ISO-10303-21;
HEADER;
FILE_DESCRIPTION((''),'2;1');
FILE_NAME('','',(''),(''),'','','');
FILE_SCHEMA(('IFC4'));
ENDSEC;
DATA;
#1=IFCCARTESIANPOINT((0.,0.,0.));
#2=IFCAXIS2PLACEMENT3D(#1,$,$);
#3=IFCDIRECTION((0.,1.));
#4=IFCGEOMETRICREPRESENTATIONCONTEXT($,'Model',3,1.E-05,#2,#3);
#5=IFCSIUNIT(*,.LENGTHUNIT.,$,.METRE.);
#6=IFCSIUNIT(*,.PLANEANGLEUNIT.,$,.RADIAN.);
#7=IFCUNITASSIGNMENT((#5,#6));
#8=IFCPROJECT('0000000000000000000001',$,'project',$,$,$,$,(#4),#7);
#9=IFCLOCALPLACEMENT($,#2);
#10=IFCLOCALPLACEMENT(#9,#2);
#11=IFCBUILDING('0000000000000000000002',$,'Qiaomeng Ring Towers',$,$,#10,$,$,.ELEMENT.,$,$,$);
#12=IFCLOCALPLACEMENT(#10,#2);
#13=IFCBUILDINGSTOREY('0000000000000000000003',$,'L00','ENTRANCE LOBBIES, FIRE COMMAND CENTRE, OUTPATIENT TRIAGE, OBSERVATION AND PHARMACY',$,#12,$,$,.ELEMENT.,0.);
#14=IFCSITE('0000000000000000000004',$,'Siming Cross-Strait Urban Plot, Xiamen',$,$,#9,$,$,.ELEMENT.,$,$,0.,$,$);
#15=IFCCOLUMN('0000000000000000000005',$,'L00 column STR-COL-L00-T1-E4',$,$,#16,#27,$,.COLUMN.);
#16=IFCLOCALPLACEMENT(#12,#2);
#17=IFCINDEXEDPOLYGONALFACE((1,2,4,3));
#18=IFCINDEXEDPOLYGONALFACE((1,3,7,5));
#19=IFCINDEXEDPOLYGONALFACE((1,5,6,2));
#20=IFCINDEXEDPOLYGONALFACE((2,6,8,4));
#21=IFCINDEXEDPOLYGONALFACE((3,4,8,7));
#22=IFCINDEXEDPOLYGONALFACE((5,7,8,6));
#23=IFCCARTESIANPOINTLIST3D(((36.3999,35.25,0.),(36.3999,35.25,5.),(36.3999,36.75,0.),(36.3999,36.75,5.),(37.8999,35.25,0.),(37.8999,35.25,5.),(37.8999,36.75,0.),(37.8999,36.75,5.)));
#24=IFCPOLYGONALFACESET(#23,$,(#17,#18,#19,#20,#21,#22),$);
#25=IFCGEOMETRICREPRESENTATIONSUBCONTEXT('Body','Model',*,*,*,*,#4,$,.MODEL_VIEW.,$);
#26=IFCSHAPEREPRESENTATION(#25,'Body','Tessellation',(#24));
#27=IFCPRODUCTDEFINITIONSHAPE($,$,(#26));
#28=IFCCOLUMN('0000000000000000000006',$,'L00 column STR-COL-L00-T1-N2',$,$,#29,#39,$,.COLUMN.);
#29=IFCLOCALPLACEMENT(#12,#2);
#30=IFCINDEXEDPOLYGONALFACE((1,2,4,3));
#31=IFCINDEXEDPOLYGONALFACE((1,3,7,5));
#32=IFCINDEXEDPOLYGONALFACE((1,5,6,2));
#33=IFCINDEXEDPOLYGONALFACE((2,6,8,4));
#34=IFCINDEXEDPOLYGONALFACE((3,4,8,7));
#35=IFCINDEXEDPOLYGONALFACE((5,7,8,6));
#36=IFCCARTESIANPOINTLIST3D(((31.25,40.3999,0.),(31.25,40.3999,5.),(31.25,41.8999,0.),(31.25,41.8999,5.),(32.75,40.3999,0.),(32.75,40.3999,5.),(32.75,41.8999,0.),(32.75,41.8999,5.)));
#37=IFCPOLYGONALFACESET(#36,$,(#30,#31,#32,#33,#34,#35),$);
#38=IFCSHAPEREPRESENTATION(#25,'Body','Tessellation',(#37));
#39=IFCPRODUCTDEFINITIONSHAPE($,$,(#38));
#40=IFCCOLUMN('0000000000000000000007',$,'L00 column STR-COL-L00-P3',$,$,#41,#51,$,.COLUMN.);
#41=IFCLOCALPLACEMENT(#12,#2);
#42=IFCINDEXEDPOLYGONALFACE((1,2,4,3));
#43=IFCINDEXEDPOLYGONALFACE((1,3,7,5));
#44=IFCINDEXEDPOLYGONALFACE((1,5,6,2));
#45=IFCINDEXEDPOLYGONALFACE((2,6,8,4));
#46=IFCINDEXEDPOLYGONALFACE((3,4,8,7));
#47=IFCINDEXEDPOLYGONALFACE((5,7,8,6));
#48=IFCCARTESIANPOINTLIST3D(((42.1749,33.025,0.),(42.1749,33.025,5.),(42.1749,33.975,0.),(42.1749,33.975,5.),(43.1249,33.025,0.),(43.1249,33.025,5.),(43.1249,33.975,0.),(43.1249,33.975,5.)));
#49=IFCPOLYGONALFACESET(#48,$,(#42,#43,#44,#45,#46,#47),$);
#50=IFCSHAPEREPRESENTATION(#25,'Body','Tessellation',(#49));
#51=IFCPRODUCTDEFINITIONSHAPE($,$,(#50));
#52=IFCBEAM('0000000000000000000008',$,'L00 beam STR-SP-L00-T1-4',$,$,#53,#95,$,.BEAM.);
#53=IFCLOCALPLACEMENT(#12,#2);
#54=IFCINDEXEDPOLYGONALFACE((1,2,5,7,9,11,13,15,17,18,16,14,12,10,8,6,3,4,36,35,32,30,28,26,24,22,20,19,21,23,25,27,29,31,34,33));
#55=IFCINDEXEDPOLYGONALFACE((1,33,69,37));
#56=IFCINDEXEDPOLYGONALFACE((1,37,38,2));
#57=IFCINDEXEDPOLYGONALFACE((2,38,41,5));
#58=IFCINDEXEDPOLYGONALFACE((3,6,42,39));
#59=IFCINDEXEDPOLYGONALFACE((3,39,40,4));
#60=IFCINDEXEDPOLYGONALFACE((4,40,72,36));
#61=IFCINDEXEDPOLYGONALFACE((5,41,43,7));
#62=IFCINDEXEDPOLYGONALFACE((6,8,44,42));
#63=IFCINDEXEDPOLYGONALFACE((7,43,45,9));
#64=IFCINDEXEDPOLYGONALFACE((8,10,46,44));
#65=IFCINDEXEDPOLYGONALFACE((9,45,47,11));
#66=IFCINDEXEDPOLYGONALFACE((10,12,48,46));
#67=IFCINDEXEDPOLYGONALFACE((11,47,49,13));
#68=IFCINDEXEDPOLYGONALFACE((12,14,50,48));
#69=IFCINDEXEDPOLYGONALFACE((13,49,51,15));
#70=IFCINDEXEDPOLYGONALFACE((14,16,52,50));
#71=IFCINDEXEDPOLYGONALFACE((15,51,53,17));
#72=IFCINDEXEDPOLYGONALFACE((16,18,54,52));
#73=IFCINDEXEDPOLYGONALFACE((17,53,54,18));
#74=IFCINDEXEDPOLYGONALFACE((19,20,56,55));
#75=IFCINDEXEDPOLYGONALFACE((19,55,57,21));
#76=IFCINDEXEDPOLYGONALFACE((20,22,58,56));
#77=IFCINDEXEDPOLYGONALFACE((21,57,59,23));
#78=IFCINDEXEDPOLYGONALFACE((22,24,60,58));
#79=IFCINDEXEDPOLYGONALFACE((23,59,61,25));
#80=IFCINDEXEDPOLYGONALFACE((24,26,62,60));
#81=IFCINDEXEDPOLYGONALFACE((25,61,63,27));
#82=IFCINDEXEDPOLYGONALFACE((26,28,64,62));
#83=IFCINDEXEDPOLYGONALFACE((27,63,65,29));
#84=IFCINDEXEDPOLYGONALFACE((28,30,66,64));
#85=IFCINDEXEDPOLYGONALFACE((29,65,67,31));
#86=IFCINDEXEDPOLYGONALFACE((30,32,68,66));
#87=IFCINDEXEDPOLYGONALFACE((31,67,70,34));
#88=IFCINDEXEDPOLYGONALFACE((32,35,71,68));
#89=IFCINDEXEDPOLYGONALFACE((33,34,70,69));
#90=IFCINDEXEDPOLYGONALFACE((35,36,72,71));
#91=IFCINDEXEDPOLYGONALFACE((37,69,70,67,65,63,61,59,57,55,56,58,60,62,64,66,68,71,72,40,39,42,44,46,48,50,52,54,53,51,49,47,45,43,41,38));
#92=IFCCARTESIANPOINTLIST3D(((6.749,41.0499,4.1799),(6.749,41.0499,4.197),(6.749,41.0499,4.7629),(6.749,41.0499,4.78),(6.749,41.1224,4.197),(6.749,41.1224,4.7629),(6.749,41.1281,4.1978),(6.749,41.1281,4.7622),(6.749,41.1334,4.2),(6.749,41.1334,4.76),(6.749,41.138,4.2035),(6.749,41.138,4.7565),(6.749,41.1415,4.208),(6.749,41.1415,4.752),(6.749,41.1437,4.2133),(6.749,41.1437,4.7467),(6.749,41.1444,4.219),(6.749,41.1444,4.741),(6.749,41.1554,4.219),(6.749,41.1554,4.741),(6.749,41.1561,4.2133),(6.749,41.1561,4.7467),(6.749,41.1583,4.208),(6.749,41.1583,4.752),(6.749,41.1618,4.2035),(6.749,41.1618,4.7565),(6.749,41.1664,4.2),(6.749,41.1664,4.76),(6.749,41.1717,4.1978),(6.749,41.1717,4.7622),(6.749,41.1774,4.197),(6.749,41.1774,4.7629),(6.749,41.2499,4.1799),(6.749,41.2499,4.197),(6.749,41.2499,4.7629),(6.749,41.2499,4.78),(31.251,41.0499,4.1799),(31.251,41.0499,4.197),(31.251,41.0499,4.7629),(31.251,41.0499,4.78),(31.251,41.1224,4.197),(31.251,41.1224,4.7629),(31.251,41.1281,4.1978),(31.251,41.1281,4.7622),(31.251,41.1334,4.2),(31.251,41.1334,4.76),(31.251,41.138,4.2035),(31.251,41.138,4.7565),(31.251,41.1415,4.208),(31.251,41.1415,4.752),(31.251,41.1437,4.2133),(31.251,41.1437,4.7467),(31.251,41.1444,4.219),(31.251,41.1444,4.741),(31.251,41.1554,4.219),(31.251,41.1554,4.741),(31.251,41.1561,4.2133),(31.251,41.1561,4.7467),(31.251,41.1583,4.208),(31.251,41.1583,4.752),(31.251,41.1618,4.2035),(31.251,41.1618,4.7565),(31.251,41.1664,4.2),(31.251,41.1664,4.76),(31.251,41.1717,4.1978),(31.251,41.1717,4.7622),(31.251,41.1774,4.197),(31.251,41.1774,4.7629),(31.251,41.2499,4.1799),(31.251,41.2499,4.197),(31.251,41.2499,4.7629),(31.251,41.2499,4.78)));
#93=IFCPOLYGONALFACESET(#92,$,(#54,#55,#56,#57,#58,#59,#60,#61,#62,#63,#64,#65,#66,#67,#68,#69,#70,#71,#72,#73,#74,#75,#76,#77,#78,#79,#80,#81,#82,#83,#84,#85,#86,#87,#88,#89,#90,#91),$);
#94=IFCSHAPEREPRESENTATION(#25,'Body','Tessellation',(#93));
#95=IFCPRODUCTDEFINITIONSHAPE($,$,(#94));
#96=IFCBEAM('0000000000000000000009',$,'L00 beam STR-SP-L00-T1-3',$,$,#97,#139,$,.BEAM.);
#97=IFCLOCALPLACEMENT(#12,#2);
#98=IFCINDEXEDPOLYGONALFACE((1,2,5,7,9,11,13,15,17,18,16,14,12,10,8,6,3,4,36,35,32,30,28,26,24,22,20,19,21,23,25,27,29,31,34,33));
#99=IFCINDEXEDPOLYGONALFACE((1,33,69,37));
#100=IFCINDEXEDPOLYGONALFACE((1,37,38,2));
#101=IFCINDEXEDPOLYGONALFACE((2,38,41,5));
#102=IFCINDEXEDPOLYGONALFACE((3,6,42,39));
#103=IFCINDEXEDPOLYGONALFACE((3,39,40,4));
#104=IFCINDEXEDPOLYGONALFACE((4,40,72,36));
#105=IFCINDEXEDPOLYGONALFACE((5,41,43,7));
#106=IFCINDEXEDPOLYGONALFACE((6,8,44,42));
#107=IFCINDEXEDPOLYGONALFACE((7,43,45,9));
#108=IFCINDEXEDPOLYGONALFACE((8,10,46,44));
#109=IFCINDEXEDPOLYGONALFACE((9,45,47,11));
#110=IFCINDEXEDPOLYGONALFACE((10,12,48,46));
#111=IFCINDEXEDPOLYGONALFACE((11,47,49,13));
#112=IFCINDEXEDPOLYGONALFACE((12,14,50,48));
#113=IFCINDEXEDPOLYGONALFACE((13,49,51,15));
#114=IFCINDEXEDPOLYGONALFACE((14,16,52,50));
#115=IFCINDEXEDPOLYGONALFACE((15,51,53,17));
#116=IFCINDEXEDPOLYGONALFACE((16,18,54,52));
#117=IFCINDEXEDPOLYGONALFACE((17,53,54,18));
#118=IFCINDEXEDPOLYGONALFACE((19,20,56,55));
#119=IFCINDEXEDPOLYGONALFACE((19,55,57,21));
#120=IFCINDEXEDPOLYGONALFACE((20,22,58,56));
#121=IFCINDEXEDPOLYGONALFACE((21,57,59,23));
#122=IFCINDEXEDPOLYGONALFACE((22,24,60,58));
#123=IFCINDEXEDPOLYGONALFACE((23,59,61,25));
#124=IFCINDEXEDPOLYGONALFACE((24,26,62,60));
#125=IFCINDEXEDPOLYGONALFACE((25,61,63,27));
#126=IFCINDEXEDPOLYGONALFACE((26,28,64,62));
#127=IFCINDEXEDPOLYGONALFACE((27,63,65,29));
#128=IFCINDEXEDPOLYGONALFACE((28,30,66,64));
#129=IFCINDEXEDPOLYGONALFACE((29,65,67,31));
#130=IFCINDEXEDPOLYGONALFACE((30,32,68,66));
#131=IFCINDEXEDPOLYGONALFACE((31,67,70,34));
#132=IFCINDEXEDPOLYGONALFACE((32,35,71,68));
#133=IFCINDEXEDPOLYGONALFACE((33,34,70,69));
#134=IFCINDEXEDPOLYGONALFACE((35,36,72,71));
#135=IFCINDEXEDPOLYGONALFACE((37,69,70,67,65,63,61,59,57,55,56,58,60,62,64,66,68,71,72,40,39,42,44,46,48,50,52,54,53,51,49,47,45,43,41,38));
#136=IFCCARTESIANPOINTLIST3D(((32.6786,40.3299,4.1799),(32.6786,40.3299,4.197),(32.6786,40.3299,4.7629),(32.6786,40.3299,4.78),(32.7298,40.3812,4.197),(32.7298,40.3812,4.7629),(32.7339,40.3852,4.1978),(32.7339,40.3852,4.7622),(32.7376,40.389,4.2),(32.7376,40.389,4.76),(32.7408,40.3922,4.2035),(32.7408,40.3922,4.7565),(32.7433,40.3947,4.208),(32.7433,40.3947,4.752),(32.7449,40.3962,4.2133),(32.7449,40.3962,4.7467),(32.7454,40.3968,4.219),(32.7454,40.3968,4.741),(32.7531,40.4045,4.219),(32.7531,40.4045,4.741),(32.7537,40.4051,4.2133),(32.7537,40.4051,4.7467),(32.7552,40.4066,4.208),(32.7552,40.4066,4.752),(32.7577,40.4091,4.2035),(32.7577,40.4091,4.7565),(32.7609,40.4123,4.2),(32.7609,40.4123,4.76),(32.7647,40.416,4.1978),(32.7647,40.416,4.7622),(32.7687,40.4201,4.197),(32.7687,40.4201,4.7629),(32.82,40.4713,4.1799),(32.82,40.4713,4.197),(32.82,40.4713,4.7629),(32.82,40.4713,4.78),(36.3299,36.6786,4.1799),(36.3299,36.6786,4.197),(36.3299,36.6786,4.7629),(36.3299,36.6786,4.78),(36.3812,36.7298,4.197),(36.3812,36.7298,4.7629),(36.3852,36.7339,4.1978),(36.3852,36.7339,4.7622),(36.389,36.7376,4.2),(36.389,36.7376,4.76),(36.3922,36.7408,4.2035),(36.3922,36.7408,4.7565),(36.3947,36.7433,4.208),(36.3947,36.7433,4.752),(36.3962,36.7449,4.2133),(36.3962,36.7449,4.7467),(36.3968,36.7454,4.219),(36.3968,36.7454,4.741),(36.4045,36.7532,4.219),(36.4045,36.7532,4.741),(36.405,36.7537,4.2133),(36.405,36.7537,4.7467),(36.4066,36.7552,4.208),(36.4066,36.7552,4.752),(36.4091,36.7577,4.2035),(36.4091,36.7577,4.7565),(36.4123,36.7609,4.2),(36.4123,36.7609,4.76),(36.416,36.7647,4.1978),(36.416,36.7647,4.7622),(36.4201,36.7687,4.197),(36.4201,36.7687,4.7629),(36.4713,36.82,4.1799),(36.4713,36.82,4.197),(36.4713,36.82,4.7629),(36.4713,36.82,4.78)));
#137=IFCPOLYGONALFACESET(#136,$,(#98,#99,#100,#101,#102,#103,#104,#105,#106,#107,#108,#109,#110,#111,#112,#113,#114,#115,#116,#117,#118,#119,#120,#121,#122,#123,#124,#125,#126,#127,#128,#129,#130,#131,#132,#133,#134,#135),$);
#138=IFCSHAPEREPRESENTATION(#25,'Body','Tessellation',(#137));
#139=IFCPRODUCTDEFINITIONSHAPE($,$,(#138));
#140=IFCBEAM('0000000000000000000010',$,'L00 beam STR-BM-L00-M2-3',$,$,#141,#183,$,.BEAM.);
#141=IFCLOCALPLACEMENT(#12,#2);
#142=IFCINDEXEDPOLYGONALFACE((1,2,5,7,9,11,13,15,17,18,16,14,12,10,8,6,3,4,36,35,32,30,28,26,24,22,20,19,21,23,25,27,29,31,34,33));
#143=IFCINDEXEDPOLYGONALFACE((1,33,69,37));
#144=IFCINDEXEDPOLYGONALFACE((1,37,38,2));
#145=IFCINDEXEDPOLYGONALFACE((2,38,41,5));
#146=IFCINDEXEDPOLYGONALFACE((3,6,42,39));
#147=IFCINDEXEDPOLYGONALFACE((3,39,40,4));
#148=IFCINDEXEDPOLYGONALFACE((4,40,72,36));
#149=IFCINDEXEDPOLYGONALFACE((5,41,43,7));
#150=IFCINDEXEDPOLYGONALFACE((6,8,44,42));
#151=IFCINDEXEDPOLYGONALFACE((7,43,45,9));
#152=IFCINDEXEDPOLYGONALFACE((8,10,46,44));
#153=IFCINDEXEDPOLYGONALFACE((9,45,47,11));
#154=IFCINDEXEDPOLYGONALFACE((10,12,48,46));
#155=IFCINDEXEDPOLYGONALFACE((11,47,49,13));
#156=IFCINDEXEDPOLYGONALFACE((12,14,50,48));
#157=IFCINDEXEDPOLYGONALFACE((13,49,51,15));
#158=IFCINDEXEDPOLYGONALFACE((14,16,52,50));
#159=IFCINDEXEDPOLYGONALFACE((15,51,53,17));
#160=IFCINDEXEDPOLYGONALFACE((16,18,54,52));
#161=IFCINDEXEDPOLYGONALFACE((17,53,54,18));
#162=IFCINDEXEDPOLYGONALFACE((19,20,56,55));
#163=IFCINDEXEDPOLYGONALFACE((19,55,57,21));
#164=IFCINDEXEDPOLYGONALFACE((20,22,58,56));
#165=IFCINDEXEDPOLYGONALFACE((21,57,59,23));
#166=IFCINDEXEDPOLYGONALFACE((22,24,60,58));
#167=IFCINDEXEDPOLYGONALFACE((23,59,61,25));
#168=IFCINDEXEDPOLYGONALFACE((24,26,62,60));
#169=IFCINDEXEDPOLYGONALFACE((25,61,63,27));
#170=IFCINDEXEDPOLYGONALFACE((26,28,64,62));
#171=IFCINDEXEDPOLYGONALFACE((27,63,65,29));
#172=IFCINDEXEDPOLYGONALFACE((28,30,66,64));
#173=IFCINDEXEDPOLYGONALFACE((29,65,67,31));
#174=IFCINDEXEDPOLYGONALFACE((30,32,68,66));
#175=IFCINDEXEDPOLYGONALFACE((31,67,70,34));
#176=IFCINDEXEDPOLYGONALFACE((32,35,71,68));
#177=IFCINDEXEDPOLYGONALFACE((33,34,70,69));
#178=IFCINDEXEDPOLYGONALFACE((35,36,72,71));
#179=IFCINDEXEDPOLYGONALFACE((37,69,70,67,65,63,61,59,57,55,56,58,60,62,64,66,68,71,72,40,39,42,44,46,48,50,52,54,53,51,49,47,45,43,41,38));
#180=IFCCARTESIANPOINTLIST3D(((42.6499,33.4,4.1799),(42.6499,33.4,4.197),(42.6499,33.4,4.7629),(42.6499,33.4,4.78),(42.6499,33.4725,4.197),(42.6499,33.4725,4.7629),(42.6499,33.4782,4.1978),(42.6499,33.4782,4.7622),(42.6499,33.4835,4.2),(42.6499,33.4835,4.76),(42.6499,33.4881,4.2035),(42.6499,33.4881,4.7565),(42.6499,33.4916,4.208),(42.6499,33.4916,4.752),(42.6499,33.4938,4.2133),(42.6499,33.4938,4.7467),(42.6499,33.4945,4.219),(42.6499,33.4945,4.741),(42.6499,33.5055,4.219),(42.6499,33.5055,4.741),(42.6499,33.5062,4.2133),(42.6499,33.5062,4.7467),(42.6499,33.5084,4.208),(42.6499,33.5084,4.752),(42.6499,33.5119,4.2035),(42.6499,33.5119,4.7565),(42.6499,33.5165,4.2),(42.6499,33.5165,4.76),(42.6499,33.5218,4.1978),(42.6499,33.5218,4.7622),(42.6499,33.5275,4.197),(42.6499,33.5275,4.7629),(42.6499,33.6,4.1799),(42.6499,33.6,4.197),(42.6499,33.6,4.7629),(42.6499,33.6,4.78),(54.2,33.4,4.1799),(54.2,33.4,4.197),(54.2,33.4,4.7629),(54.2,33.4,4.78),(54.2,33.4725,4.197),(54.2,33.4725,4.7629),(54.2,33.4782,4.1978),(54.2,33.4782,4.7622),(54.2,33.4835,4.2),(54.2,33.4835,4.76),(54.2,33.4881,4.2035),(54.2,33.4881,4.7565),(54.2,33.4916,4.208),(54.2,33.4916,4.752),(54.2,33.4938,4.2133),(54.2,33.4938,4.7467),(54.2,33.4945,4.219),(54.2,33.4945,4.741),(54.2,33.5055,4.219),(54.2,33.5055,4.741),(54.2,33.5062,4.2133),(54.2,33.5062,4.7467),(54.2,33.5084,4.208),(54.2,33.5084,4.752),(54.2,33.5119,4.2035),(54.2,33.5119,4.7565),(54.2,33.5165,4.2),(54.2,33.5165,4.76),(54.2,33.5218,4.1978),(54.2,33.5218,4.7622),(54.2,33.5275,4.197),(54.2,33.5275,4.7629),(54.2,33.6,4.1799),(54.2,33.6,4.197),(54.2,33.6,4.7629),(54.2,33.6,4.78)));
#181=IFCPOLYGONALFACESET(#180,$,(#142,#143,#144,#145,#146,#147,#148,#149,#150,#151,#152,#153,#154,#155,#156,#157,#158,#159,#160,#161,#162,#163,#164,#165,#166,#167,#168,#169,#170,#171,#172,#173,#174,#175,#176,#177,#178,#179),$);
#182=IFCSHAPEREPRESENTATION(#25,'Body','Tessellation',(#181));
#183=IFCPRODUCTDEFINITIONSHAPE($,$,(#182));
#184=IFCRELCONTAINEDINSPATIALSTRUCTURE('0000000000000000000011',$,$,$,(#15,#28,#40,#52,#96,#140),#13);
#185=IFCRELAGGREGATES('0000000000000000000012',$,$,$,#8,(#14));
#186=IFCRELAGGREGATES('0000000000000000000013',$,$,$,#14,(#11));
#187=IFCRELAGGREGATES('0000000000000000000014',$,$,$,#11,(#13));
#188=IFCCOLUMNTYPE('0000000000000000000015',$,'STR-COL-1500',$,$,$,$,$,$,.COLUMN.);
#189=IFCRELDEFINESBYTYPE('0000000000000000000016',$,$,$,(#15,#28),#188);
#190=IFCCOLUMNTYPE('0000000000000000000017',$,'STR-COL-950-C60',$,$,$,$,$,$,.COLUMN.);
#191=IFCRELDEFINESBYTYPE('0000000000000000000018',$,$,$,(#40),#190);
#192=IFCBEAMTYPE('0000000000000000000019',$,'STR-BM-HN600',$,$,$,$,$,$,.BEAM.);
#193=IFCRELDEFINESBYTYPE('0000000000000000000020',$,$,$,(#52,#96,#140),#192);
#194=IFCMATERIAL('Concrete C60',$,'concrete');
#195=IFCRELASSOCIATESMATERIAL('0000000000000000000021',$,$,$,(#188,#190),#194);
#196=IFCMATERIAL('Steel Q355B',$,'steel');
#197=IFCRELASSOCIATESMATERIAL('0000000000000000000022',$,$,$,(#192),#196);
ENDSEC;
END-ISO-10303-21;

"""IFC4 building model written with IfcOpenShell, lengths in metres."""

from ifc_helpers import new_model, si_unit, direction, frame, origin, origin_2d, place, context, subcontext, project, spatial, rectangle, i_section, extrude, source, transform, mapped, material, material_profile, profile_set, type_object, element, save


model = new_model("IFC4")

# Units and contexts
model_context = context("Model", 3, precision=1e-05, world=origin(), true_north=direction((0.0, 1.0)))
body_context = subcontext(model_context, "Body", "Model", "MODEL_VIEW")
ifc_project = project(units=[si_unit("LENGTHUNIT", "METRE"), si_unit("PLANEANGLEUNIT", "RADIAN")], contexts=[model_context])

# Site, building, storey
site_placement = place(None, origin())
site = spatial("IfcSite", under=ifc_project, at=site_placement, Name="Siming Cross-Strait Urban Plot, Xiamen", CompositionType="ELEMENT", RefElevation=0.0)
building_placement = place(site_placement, origin())
building = spatial("IfcBuilding", under=site, at=building_placement, Name="Qiaomeng Ring Towers", CompositionType="ELEMENT")
storey_placement = place(building_placement, origin())
storey = spatial("IfcBuildingStorey", under=building, at=storey_placement, Name="L00", Description="ENTRANCE LOBBIES, FIRE COMMAND CENTRE, OUTPATIENT TRIAGE, OBSERVATION AND PHARMACY", CompositionType="ELEMENT", Elevation=0.0)

# Columns
ifc_material_1 = material(Name="Concrete C60", Category="concrete")
ifc_material_profile_1 = material_profile(ifc_material_1, rectangle(XDim=1.5, YDim=1.5, at=origin_2d()), Name="RC COL 1500x1500")
ifc_profile_set_1 = profile_set([ifc_material_profile_1], Name="Concrete C60")
column_type_1 = type_object("IfcColumnType", Name="STR-COL-1500", PredefinedType="COLUMN", material=ifc_profile_set_1)
shared_shape_1 = source(origin(), body_context, "Body", "SweptSolid", [
    extrude(rectangle(XDim=1.5, YDim=1.5, at=origin_2d()), origin(), (0.0, 0.0, 1.0), 5.0),
])
for number, where, z_axis, x_axis, name in (
    (1, (37.1499, 36.0, 0.0), (0.0, 0.0, 1.0), (1.0, 0.0, 0.0), "L00 column STR-COL-L00-T1-E4"),
    (2, (32.0, 41.1499, 0.0), (0.0, 0.0, 1.0), (1.0, 0.0, 0.0), "L00 column STR-COL-L00-T1-N2"),
):
    element("IfcColumn", number, at=place(storey_placement, frame(where, z_axis=z_axis, x_axis=x_axis)), inside=storey, type_object=column_type_1, Name=name, PredefinedType="COLUMN", context=body_context, shape_type="MappedRepresentation", body=[
        mapped(shared_shape_1, transform((0.0, 0.0, 0.0), x_axis=(1.0, 0.0, 0.0), y_axis=(0.0, 1.0, 0.0), z_axis=(0.0, 0.0, 1.0), scale=1.0)),
    ])
ifc_material_profile_2 = material_profile(ifc_material_1, rectangle(XDim=0.95, YDim=0.95, at=origin_2d()), Name="RC COL 950x950")
ifc_profile_set_2 = profile_set([ifc_material_profile_2], Name="Concrete C60")
column_type_2 = type_object("IfcColumnType", Name="STR-COL-950-C60", PredefinedType="COLUMN", material=ifc_profile_set_2)
shared_shape_2 = source(origin(), body_context, "Body", "SweptSolid", [
    extrude(rectangle(XDim=0.95, YDim=0.95, at=origin_2d()), origin(), (0.0, 0.0, 1.0), 5.0),
])
column_placement = place(storey_placement, frame((42.6499, 33.5, 0.0), z_axis=(0.0, 0.0, 1.0), x_axis=(1.0, 0.0, 0.0)))
element("IfcColumn", 3, at=column_placement, inside=storey, type_object=column_type_2, Name="L00 column STR-COL-L00-P3", PredefinedType="COLUMN", context=body_context, shape_type="MappedRepresentation", body=[
    mapped(shared_shape_2, transform((0.0, 0.0, 0.0), x_axis=(1.0, 0.0, 0.0), y_axis=(0.0, 1.0, 0.0), z_axis=(0.0, 0.0, 1.0), scale=1.0)),
])

# Beams
ifc_material_2 = material(Name="Steel Q355B", Category="steel")
ifc_material_profile_3 = material_profile(ifc_material_2, i_section(OverallWidth=0.2, OverallDepth=0.6001, WebThickness=0.011, FlangeThickness=0.0171, FilletRadius=0.022, at=origin_2d()), Name="HN 600x200x11x17")
ifc_profile_set_3 = profile_set([ifc_material_profile_3], Name="Steel Q355B")
beam_type = type_object("IfcBeamType", Name="STR-BM-HN600", PredefinedType="BEAM", material=ifc_profile_set_3)
shared_shape_3 = source(origin(), body_context, "Body", "SweptSolid", [
    extrude(i_section(OverallWidth=0.2, OverallDepth=0.6001, WebThickness=0.011, FlangeThickness=0.0171, FilletRadius=0.022, at=origin_2d()), origin(), (0.0, 0.0, 1.0), 24.502),
])
beam_1_placement = place(storey_placement, frame((31.251, 41.1499, 4.48), z_axis=(-1.0, 0.0, 0.0), x_axis=(0.0, -1.0, 0.0)))
element("IfcBeam", 4, at=beam_1_placement, inside=storey, type_object=beam_type, Name="L00 beam STR-SP-L00-T1-4", PredefinedType="BEAM", context=body_context, shape_type="MappedRepresentation", body=[
    mapped(shared_shape_3, transform((0.0, 0.0, 0.0), x_axis=(1.0, 0.0, 0.0), y_axis=(0.0, 1.0, 0.0), z_axis=(0.0, 0.0, 1.0), scale=1.0)),
])
shared_shape_4 = source(origin(), body_context, "Body", "SweptSolid", [
    extrude(i_section(OverallWidth=0.2, OverallDepth=0.6001, WebThickness=0.011, FlangeThickness=0.0171, FilletRadius=0.022, at=origin_2d()), origin(), (0.0, 0.0, 1.0), 5.1638),
])
beam_2_placement = place(storey_placement, frame((36.4006, 36.7493, 4.48), z_axis=(-0.707107, 0.707107, 0.0), x_axis=(-0.707107, -0.707107, 0.0)))
element("IfcBeam", 5, at=beam_2_placement, inside=storey, type_object=beam_type, Name="L00 beam STR-SP-L00-T1-3", PredefinedType="BEAM", context=body_context, shape_type="MappedRepresentation", body=[
    mapped(shared_shape_4, transform((0.0, 0.0, 0.0), x_axis=(1.0, 0.0, 0.0), y_axis=(0.0, 1.0, 0.0), z_axis=(0.0, 0.0, 1.0), scale=1.0)),
])
shared_shape_5 = source(origin(), body_context, "Body", "SweptSolid", [
    extrude(i_section(OverallWidth=0.2, OverallDepth=0.6001, WebThickness=0.011, FlangeThickness=0.0171, FilletRadius=0.022, at=origin_2d()), origin(), (0.0, 0.0, 1.0), 11.55),
])
beam_3_placement = place(storey_placement, frame((42.6499, 33.5, 4.48), z_axis=(1.0, 0.0, 0.0), x_axis=(0.0, 1.0, 0.0)))
element("IfcBeam", 6, at=beam_3_placement, inside=storey, type_object=beam_type, Name="L00 beam STR-BM-L00-M2-3", PredefinedType="BEAM", context=body_context, shape_type="MappedRepresentation", body=[
    mapped(shared_shape_5, transform((0.0, 0.0, 0.0), x_axis=(1.0, 0.0, 0.0), y_axis=(0.0, 1.0, 0.0), z_axis=(0.0, 0.0, 1.0), scale=1.0)),
])

save(model, "model.ifc")
